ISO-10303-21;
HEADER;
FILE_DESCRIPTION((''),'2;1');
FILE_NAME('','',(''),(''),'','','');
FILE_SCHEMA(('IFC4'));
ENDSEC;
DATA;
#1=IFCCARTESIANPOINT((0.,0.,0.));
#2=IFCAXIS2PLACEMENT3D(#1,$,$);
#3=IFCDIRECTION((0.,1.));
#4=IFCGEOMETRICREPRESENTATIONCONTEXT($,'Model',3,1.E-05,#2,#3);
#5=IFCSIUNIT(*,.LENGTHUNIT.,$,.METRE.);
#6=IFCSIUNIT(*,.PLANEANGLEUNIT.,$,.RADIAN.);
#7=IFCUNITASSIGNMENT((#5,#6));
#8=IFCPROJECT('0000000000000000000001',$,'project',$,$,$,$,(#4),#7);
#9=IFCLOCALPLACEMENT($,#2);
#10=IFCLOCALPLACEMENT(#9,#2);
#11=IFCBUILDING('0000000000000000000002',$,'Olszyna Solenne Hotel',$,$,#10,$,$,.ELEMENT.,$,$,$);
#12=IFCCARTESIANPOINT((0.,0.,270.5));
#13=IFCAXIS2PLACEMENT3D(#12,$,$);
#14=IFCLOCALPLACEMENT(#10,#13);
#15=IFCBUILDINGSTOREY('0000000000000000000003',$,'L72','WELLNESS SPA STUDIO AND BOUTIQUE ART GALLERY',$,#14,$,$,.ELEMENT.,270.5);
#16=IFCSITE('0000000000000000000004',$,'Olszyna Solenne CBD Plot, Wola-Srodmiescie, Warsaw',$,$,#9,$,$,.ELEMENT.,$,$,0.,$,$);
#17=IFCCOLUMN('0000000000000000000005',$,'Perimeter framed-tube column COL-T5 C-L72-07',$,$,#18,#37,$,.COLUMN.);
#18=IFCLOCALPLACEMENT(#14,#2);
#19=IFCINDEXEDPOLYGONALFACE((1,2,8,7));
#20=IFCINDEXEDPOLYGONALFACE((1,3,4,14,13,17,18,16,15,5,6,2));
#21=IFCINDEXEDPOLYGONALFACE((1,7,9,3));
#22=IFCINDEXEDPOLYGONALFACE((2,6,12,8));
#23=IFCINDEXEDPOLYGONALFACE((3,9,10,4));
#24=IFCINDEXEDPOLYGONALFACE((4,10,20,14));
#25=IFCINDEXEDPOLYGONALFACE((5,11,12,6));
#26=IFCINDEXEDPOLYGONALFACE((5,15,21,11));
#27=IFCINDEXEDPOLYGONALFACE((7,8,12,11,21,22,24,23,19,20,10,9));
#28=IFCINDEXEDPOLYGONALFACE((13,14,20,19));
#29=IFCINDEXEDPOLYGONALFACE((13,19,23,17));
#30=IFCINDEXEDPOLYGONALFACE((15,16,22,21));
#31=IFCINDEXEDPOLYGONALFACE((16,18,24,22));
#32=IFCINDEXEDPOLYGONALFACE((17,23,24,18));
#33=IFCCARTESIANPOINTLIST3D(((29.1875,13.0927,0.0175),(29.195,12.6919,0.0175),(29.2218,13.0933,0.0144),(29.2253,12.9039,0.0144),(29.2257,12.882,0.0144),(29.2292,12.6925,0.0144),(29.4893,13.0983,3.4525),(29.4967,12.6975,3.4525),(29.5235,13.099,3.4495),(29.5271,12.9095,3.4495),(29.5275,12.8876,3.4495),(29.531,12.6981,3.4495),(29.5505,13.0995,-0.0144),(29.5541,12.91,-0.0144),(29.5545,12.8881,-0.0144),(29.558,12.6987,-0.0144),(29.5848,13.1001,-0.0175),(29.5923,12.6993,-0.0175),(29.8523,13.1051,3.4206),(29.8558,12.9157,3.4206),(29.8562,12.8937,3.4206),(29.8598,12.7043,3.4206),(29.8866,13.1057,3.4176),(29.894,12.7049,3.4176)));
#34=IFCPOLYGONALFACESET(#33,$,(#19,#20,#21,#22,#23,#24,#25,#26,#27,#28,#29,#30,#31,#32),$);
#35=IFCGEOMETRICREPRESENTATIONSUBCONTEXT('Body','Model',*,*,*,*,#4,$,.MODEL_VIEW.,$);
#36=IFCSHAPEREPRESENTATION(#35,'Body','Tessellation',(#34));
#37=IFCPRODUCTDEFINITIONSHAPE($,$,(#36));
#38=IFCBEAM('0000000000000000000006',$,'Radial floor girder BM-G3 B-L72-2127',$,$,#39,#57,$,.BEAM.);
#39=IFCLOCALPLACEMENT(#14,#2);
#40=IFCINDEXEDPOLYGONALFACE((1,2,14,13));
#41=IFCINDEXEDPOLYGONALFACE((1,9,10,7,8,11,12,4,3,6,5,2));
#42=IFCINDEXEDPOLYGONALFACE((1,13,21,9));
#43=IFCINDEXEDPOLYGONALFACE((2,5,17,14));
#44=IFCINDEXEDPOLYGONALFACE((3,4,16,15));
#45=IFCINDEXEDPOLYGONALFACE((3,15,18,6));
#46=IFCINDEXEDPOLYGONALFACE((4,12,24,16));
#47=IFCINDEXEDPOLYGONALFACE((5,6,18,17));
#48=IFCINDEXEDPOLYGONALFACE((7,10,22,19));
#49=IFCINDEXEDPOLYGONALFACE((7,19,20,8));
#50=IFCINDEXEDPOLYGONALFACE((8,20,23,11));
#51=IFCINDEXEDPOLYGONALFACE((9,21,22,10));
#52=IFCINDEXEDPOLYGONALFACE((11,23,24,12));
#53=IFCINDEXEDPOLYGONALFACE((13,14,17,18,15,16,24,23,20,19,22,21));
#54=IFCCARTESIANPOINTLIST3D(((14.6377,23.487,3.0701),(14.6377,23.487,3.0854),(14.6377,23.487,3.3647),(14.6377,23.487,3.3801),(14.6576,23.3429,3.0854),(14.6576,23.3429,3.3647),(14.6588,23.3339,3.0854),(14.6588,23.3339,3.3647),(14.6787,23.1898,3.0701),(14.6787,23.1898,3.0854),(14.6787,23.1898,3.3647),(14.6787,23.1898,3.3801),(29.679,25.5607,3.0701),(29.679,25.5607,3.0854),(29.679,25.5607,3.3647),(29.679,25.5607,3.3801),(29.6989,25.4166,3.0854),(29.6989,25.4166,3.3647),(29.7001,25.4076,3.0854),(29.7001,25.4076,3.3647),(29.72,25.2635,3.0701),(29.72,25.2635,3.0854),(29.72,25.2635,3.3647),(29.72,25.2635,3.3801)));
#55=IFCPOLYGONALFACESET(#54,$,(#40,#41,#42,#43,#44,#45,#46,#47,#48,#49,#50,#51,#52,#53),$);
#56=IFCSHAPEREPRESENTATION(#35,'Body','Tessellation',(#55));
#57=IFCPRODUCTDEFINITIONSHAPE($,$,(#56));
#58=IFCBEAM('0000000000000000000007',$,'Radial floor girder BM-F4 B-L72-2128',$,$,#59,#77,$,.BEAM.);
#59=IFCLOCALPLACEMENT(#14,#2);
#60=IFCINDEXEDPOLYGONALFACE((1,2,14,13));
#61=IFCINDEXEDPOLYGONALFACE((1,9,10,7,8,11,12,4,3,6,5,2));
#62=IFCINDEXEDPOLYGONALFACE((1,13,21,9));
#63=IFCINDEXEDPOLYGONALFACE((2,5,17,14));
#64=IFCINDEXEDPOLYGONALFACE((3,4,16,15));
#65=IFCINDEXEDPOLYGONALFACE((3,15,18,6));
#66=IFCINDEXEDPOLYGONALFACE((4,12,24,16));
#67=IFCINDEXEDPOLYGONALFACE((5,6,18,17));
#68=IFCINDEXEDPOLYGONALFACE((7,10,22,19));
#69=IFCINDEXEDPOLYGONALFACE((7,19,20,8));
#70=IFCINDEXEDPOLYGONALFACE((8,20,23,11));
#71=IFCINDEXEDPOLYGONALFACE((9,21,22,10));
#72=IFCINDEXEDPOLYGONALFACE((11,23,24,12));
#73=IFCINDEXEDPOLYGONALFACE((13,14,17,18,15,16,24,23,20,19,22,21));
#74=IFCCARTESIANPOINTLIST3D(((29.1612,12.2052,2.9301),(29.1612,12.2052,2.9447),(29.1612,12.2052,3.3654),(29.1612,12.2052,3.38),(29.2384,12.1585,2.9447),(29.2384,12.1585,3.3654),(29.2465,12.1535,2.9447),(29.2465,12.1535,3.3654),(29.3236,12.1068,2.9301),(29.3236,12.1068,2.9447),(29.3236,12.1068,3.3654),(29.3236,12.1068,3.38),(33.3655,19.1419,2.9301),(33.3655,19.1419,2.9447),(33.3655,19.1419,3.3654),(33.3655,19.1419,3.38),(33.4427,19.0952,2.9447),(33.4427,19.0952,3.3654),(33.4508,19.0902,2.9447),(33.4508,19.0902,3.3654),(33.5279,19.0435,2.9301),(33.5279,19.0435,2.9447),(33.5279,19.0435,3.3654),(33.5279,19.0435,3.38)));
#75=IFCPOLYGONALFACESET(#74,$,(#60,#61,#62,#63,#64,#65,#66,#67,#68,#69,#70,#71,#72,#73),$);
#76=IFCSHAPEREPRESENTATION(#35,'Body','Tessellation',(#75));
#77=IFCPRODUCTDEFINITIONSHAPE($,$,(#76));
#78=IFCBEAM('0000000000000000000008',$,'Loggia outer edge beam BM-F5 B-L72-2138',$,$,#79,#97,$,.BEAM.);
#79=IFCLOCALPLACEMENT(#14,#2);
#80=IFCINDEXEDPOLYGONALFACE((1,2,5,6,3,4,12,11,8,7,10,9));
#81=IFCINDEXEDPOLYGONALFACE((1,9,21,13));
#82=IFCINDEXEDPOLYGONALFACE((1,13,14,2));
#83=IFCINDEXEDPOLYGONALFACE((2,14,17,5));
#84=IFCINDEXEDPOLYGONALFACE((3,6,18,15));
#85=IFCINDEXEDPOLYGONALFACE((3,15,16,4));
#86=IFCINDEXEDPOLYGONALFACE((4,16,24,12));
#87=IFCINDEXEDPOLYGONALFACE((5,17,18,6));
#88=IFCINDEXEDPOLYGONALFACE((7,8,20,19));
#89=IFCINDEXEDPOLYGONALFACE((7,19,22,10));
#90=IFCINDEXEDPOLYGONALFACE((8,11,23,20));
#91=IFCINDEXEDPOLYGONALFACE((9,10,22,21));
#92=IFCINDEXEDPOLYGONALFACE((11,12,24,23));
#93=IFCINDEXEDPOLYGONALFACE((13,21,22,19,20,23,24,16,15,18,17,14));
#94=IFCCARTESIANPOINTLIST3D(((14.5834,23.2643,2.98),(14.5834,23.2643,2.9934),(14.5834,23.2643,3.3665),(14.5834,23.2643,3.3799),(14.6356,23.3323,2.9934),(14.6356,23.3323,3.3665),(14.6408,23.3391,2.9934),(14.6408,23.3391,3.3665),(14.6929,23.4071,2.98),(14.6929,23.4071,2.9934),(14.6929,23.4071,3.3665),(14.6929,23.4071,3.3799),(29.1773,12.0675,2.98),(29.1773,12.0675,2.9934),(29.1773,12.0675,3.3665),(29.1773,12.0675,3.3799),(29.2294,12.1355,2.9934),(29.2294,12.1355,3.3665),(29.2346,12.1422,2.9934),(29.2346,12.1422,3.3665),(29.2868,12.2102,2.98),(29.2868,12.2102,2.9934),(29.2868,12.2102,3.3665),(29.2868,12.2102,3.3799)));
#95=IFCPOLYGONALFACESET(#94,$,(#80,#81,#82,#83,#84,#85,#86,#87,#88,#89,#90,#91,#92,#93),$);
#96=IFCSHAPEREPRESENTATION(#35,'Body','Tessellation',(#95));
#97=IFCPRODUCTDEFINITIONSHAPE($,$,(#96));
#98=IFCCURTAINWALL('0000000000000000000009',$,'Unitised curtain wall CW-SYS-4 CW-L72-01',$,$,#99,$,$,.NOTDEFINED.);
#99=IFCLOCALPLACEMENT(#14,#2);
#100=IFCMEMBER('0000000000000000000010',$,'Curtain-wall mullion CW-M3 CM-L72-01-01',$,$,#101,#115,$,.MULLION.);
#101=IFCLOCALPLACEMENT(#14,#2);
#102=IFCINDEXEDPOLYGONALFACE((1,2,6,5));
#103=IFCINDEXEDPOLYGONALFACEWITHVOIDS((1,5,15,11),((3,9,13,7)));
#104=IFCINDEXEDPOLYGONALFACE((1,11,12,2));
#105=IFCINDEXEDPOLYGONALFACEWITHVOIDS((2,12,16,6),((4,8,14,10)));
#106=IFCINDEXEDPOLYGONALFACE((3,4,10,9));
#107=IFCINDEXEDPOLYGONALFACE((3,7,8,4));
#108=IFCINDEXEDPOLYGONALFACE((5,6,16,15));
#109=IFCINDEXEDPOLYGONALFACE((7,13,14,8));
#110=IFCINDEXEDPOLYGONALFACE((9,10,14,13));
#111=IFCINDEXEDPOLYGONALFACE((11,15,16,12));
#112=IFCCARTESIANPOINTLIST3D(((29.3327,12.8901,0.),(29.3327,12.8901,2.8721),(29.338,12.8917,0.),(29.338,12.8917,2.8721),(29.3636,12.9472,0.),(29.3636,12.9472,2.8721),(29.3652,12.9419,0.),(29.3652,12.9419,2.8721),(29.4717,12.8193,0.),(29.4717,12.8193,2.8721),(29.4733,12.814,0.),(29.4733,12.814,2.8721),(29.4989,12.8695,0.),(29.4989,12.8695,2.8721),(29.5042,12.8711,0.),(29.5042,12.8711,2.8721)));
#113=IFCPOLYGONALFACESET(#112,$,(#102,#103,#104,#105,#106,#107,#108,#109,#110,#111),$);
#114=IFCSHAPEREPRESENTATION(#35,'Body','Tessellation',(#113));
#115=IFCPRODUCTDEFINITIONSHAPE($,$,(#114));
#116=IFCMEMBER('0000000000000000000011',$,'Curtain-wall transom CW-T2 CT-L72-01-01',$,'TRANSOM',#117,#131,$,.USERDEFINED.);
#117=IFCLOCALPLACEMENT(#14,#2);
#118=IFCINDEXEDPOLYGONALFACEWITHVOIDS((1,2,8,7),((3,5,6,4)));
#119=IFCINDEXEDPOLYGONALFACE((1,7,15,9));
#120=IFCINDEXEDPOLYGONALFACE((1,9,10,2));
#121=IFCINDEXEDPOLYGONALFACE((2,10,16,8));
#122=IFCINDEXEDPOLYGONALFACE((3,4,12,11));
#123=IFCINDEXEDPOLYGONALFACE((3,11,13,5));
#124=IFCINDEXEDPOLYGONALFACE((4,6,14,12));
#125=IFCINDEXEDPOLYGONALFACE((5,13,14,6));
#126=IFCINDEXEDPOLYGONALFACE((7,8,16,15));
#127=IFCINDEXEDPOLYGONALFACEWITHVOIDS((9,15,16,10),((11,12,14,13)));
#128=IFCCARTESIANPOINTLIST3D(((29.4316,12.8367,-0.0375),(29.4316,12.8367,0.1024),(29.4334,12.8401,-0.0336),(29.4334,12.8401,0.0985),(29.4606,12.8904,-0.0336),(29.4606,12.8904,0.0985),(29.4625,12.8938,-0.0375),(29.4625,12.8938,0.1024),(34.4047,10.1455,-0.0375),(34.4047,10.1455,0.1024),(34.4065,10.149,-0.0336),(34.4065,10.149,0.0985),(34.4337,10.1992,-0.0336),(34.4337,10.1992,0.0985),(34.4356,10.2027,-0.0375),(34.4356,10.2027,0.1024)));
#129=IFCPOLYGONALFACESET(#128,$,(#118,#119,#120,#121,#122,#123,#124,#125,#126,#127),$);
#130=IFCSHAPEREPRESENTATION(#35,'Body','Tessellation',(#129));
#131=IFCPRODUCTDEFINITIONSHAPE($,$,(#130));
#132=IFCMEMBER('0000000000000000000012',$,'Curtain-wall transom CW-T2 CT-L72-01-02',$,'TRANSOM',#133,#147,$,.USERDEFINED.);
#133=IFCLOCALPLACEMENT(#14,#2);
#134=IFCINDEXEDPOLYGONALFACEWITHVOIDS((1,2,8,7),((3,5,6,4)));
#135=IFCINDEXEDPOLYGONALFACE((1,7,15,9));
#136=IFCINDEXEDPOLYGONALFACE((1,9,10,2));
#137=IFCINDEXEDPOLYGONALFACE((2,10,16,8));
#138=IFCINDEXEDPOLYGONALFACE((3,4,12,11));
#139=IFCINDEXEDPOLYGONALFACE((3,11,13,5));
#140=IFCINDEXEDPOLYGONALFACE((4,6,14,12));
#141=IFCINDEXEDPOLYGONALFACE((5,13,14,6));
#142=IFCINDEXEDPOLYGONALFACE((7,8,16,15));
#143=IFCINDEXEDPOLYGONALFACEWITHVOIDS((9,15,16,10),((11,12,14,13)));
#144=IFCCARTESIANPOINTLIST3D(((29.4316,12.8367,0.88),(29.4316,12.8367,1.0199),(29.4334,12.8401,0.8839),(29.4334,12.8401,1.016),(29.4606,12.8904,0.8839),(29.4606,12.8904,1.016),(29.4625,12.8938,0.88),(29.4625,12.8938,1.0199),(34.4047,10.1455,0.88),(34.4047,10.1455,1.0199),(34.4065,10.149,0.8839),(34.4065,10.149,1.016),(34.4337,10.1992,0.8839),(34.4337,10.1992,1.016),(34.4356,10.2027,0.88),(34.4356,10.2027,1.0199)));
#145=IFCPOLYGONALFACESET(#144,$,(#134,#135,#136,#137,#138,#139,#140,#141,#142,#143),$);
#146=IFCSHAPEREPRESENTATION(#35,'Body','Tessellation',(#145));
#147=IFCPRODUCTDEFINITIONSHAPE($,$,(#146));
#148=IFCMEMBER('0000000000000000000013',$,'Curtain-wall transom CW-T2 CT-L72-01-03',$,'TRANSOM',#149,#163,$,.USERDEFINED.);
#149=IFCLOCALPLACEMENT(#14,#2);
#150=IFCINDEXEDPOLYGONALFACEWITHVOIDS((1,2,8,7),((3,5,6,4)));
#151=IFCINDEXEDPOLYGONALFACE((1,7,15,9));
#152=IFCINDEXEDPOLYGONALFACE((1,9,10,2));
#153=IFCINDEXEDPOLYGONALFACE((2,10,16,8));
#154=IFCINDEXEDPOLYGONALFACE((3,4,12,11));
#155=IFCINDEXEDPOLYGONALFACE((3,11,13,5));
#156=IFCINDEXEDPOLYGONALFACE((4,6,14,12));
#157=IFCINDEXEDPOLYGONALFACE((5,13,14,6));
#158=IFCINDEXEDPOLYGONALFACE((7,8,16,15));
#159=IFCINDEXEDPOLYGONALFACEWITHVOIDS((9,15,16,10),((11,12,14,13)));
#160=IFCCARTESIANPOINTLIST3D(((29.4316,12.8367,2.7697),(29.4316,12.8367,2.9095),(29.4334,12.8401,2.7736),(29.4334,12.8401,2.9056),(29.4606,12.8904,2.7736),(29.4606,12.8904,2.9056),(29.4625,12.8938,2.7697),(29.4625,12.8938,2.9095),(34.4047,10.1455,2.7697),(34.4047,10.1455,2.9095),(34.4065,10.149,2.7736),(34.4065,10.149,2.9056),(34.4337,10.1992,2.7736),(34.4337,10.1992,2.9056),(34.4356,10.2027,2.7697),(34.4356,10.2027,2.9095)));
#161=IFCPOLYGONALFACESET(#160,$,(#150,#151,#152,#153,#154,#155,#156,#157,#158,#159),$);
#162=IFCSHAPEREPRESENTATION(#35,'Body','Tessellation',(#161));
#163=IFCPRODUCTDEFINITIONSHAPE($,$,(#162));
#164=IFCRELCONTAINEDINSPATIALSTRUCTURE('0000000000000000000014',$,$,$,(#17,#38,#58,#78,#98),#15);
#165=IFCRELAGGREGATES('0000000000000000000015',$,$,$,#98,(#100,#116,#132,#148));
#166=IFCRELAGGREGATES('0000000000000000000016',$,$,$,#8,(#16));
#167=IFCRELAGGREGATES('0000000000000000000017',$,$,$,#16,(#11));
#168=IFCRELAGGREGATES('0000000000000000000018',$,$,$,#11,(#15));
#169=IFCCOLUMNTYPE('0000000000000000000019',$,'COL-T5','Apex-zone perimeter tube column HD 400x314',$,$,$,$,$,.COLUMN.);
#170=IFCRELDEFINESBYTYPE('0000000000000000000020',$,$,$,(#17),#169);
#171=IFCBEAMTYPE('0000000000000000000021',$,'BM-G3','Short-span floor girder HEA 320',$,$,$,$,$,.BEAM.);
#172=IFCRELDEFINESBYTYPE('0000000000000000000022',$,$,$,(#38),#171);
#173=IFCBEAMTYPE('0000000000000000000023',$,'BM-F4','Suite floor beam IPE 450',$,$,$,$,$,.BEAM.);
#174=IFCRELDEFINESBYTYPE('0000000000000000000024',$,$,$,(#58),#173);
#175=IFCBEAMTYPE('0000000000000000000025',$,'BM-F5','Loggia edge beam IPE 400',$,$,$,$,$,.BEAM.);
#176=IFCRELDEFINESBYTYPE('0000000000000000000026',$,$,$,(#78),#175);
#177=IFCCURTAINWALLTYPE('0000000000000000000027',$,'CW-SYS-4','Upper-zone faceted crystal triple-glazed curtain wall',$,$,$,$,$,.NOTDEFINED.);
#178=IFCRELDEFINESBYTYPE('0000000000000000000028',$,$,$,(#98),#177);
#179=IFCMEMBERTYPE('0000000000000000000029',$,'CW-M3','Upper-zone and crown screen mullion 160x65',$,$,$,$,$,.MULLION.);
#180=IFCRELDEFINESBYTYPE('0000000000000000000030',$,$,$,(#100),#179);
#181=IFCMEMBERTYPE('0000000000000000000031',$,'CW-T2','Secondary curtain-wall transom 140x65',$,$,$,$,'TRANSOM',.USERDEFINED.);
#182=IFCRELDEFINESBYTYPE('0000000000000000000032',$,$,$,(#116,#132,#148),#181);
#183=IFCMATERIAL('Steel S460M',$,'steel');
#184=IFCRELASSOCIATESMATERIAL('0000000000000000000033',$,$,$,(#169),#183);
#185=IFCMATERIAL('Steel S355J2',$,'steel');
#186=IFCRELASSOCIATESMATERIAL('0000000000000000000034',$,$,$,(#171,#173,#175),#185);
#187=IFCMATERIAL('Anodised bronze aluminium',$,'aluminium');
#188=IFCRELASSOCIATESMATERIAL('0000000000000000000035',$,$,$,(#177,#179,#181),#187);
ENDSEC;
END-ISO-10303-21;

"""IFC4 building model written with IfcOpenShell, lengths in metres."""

from ifc_helpers import new_model, si_unit, direction, frame, origin, origin_2d, place, context, subcontext, project, spatial, hollow_rectangle, i_section, extrude, source, transform, mapped, material, material_profile, profile_set, type_object, element, aggregate, save


model = new_model("IFC4")

# Units and contexts
model_context = context("Model", 3, precision=1e-05, world=origin(), true_north=direction((0.0, 1.0)))
body_context = subcontext(model_context, "Body", "Model", "MODEL_VIEW")
ifc_project = project(units=[si_unit("LENGTHUNIT", "METRE"), si_unit("PLANEANGLEUNIT", "RADIAN")], contexts=[model_context])

# Site, building, storey
site_placement = place(None, origin())
site = spatial("IfcSite", under=ifc_project, at=site_placement, Name="Olszyna Solenne CBD Plot, Wola-Srodmiescie, Warsaw", CompositionType="ELEMENT", RefElevation=0.0)
building_placement = place(site_placement, origin())
building = spatial("IfcBuilding", under=site, at=building_placement, Name="Olszyna Solenne Hotel", CompositionType="ELEMENT")
storey_placement = place(building_placement, frame((0.0, 0.0, 270.5)))
storey = spatial("IfcBuildingStorey", under=building, at=storey_placement, Name="L72", Description="WELLNESS SPA STUDIO AND BOUTIQUE ART GALLERY", CompositionType="ELEMENT", Elevation=270.5)

# Column
ifc_material_1 = material(Name="Steel S460M", Category="steel")
ifc_material_profile_1 = material_profile(ifc_material_1, i_section(OverallWidth=0.4009, OverallDepth=0.3989, WebThickness=0.022, FlangeThickness=0.0344, at=origin_2d()), Name="HD 400x314", Category="load-bearing")
ifc_profile_set_1 = profile_set([ifc_material_profile_1], Name="Steel S460M")
column_type = type_object("IfcColumnType", Name="COL-T5", Description="Apex-zone perimeter tube column HD 400x314", PredefinedType="COLUMN", material=ifc_profile_set_1)
shared_shape_1 = source(origin(), body_context, "Body", "SweptSolid", [
    extrude(i_section(OverallWidth=0.4009, OverallDepth=0.3989, WebThickness=0.022, FlangeThickness=0.0344, at=origin_2d()), origin(), (0.0, 0.0, 1.0), 3.4482),
])
column_placement = place(storey_placement, frame((29.3899, 12.896, 0.0), z_axis=(0.087509, 0.001628, 0.996162), x_axis=(-0.018605, 0.999827, 0.0)))
element("IfcColumn", 1, at=column_placement, inside=storey, type_object=column_type, Name="Perimeter framed-tube column COL-T5 C-L72-07", PredefinedType="COLUMN", context=body_context, shape_type="MappedRepresentation", body=[
    mapped(shared_shape_1, transform((0.0, 0.0, 0.0), x_axis=(1.0, 0.0, 0.0), y_axis=(0.0, 1.0, 0.0), z_axis=(0.0, 0.0, 1.0), scale=1.0)),
])

# Beams
ifc_material_2 = material(Name="Steel S355J2", Category="steel")
ifc_material_profile_2 = material_profile(ifc_material_2, i_section(OverallWidth=0.3, OverallDepth=0.3101, WebThickness=0.009, FlangeThickness=0.0154, at=origin_2d()), Name="HEA 320", Category="load-bearing")
ifc_profile_set_2 = profile_set([ifc_material_profile_2], Name="Steel S355J2")
beam_type_1 = type_object("IfcBeamType", Name="BM-G3", Description="Short-span floor girder HEA 320", PredefinedType="BEAM", material=ifc_profile_set_2)
shared_shape_2 = source(origin(), body_context, "Body", "SweptSolid", [
    extrude(i_section(OverallWidth=0.3, OverallDepth=0.3101, WebThickness=0.009, FlangeThickness=0.0154, at=origin_2d()), origin(), (0.0, 0.0, 1.0), 15.1836),
])
beam_1_placement = place(storey_placement, frame((14.6582, 23.3384, 3.2251), z_axis=(0.990629, 0.136578, 0.0), x_axis=(-0.136578, 0.990629, 0.0)))
element("IfcBeam", 2, at=beam_1_placement, inside=storey, type_object=beam_type_1, Name="Radial floor girder BM-G3 B-L72-2127", PredefinedType="BEAM", context=body_context, shape_type="MappedRepresentation", body=[
    mapped(shared_shape_2, transform((0.0, 0.0, 0.0), x_axis=(1.0, 0.0, 0.0), y_axis=(0.0, 1.0, 0.0), z_axis=(0.0, 0.0, 1.0), scale=1.0)),
])
ifc_material_profile_3 = material_profile(ifc_material_2, i_section(OverallWidth=0.1899, OverallDepth=0.45, WebThickness=0.0095, FlangeThickness=0.0146, at=origin_2d()), Name="IPE 450", Category="load-bearing")
ifc_profile_set_3 = profile_set([ifc_material_profile_3], Name="Steel S355J2")
beam_type_2 = type_object("IfcBeamType", Name="BM-F4", Description="Suite floor beam IPE 450", PredefinedType="BEAM", material=ifc_profile_set_3)
shared_shape_3 = source(origin(), body_context, "Body", "SweptSolid", [
    extrude(i_section(OverallWidth=0.1899, OverallDepth=0.45, WebThickness=0.0095, FlangeThickness=0.0146, at=origin_2d()), origin(), (0.0, 0.0, 1.0), 8.1113),
])
beam_2_placement = place(storey_placement, frame((29.2424, 12.156, 3.155), z_axis=(0.518324, 0.855184, 0.0), x_axis=(-0.855184, 0.518324, 0.0)))
element("IfcBeam", 3, at=beam_2_placement, inside=storey, type_object=beam_type_2, Name="Radial floor girder BM-F4 B-L72-2128", PredefinedType="BEAM", context=body_context, shape_type="MappedRepresentation", body=[
    mapped(shared_shape_3, transform((0.0, 0.0, 0.0), x_axis=(1.0, 0.0, 0.0), y_axis=(0.0, 1.0, 0.0), z_axis=(0.0, 0.0, 1.0), scale=1.0)),
])
ifc_material_profile_4 = material_profile(ifc_material_2, i_section(OverallWidth=0.1799, OverallDepth=0.3999, WebThickness=0.0085, FlangeThickness=0.0134, at=origin_2d()), Name="IPE 400", Category="load-bearing")
ifc_profile_set_4 = profile_set([ifc_material_profile_4], Name="Steel S355J2")
beam_type_3 = type_object("IfcBeamType", Name="BM-F5", Description="Loggia edge beam IPE 400", PredefinedType="BEAM", material=ifc_profile_set_4)
shared_shape_4 = source(origin(), body_context, "Body", "SweptSolid", [
    extrude(i_section(OverallWidth=0.1799, OverallDepth=0.3999, WebThickness=0.0085, FlangeThickness=0.0134, at=origin_2d()), origin(), (0.0, 0.0, 1.0), 18.3943),
])
beam_3_placement = place(storey_placement, frame((14.6382, 23.3357, 3.1799), z_axis=(0.79339, -0.608713, 0.0), x_axis=(0.608713, 0.79339, 0.0)))
element("IfcBeam", 4, at=beam_3_placement, inside=storey, type_object=beam_type_3, Name="Loggia outer edge beam BM-F5 B-L72-2138", PredefinedType="BEAM", context=body_context, shape_type="MappedRepresentation", body=[
    mapped(shared_shape_4, transform((0.0, 0.0, 0.0), x_axis=(1.0, 0.0, 0.0), y_axis=(0.0, 1.0, 0.0), z_axis=(0.0, 0.0, 1.0), scale=1.0)),
])

# Curtain wall, members
ifc_material_3 = material(Name="Anodised bronze aluminium", Category="aluminium")
curtain_wall_type = type_object("IfcCurtainWallType", Name="CW-SYS-4", Description="Upper-zone faceted crystal triple-glazed curtain wall", PredefinedType="NOTDEFINED", material=ifc_material_3)
curtain_wall_placement = place(storey_placement, origin())
curtain_wall = element("IfcCurtainWall", 5, at=curtain_wall_placement, inside=storey, type_object=curtain_wall_type, Name="Unitised curtain wall CW-SYS-4 CW-L72-01", PredefinedType="NOTDEFINED")
ifc_material_profile_5 = material_profile(ifc_material_3, hollow_rectangle(XDim=0.0649, YDim=0.1599, WallThickness=0.0039, at=origin_2d()), Name="MULL 160x65x4", Category="load-bearing")
ifc_profile_set_5 = profile_set([ifc_material_profile_5], Name="Anodised bronze aluminium")
member_type_1 = type_object("IfcMemberType", Name="CW-M3", Description="Upper-zone and crown screen mullion 160x65", PredefinedType="MULLION", material=ifc_profile_set_5)
shared_shape_5 = source(origin(), body_context, "Body", "SweptSolid", [
    extrude(hollow_rectangle(XDim=0.0649, YDim=0.1599, WallThickness=0.0039, at=origin_2d()), origin(), (0.0, 0.0, 1.0), 2.8721),
])
member_1_placement = place(storey_placement, frame((29.4185, 12.8806, 0.0), z_axis=(0.0, 0.0, 1.0), x_axis=(0.475904, 0.879497, 0.0)))
member_1 = element("IfcMember", 6, at=member_1_placement, type_object=member_type_1, Name="Curtain-wall mullion CW-M3 CM-L72-01-01", PredefinedType="MULLION", context=body_context, shape_type="MappedRepresentation", body=[
    mapped(shared_shape_5, transform((0.0, 0.0, 0.0), x_axis=(1.0, 0.0, 0.0), y_axis=(0.0, 1.0, 0.0), z_axis=(0.0, 0.0, 1.0), scale=1.0)),
])
ifc_material_profile_6 = material_profile(ifc_material_3, hollow_rectangle(XDim=0.0649, YDim=0.1399, WallThickness=0.0039, at=origin_2d()), Name="TRAN 140x65x4", Category="load-bearing")
ifc_profile_set_6 = profile_set([ifc_material_profile_6], Name="Anodised bronze aluminium")
member_type_2 = type_object("IfcMemberType", Name="CW-T2", Description="Secondary curtain-wall transom 140x65", ElementType="TRANSOM", PredefinedType="USERDEFINED", material=ifc_profile_set_6)
shared_shape_6 = source(origin(), body_context, "Body", "SweptSolid", [
    extrude(hollow_rectangle(XDim=0.0649, YDim=0.1399, WallThickness=0.0039, at=origin_2d()), origin(), (0.0, 0.0, 1.0), 5.6545),
])
member_2_placement = place(storey_placement, frame((29.447, 12.8652, 0.0325), z_axis=(0.879486, -0.475924, 0.0), x_axis=(0.475924, 0.879486, 0.0)))
member_2 = element("IfcMember", 7, at=member_2_placement, type_object=member_type_2, Name="Curtain-wall transom CW-T2 CT-L72-01-01", ObjectType="TRANSOM", PredefinedType="USERDEFINED", context=body_context, shape_type="MappedRepresentation", body=[
    mapped(shared_shape_6, transform((0.0, 0.0, 0.0), x_axis=(1.0, 0.0, 0.0), y_axis=(0.0, 1.0, 0.0), z_axis=(0.0, 0.0, 1.0), scale=1.0)),
])
member_3_placement = place(storey_placement, frame((29.447, 12.8652, 0.95), z_axis=(0.879486, -0.475924, 0.0), x_axis=(0.475924, 0.879486, 0.0)))
member_3 = element("IfcMember", 8, at=member_3_placement, type_object=member_type_2, Name="Curtain-wall transom CW-T2 CT-L72-01-02", ObjectType="TRANSOM", PredefinedType="USERDEFINED", context=body_context, shape_type="MappedRepresentation", body=[
    mapped(shared_shape_6, transform((0.0, 0.0, 0.0), x_axis=(1.0, 0.0, 0.0), y_axis=(0.0, 1.0, 0.0), z_axis=(0.0, 0.0, 1.0), scale=1.0)),
])
member_4_placement = place(storey_placement, frame((29.447, 12.8652, 2.8396), z_axis=(0.879486, -0.475924, 0.0), x_axis=(0.475924, 0.879486, 0.0)))
member_4 = element("IfcMember", 9, at=member_4_placement, type_object=member_type_2, Name="Curtain-wall transom CW-T2 CT-L72-01-03", ObjectType="TRANSOM", PredefinedType="USERDEFINED", context=body_context, shape_type="MappedRepresentation", body=[
    mapped(shared_shape_6, transform((0.0, 0.0, 0.0), x_axis=(1.0, 0.0, 0.0), y_axis=(0.0, 1.0, 0.0), z_axis=(0.0, 0.0, 1.0), scale=1.0)),
])
aggregate(curtain_wall, [member_1, member_2, member_3, member_4])

save(model, "model.ifc")
